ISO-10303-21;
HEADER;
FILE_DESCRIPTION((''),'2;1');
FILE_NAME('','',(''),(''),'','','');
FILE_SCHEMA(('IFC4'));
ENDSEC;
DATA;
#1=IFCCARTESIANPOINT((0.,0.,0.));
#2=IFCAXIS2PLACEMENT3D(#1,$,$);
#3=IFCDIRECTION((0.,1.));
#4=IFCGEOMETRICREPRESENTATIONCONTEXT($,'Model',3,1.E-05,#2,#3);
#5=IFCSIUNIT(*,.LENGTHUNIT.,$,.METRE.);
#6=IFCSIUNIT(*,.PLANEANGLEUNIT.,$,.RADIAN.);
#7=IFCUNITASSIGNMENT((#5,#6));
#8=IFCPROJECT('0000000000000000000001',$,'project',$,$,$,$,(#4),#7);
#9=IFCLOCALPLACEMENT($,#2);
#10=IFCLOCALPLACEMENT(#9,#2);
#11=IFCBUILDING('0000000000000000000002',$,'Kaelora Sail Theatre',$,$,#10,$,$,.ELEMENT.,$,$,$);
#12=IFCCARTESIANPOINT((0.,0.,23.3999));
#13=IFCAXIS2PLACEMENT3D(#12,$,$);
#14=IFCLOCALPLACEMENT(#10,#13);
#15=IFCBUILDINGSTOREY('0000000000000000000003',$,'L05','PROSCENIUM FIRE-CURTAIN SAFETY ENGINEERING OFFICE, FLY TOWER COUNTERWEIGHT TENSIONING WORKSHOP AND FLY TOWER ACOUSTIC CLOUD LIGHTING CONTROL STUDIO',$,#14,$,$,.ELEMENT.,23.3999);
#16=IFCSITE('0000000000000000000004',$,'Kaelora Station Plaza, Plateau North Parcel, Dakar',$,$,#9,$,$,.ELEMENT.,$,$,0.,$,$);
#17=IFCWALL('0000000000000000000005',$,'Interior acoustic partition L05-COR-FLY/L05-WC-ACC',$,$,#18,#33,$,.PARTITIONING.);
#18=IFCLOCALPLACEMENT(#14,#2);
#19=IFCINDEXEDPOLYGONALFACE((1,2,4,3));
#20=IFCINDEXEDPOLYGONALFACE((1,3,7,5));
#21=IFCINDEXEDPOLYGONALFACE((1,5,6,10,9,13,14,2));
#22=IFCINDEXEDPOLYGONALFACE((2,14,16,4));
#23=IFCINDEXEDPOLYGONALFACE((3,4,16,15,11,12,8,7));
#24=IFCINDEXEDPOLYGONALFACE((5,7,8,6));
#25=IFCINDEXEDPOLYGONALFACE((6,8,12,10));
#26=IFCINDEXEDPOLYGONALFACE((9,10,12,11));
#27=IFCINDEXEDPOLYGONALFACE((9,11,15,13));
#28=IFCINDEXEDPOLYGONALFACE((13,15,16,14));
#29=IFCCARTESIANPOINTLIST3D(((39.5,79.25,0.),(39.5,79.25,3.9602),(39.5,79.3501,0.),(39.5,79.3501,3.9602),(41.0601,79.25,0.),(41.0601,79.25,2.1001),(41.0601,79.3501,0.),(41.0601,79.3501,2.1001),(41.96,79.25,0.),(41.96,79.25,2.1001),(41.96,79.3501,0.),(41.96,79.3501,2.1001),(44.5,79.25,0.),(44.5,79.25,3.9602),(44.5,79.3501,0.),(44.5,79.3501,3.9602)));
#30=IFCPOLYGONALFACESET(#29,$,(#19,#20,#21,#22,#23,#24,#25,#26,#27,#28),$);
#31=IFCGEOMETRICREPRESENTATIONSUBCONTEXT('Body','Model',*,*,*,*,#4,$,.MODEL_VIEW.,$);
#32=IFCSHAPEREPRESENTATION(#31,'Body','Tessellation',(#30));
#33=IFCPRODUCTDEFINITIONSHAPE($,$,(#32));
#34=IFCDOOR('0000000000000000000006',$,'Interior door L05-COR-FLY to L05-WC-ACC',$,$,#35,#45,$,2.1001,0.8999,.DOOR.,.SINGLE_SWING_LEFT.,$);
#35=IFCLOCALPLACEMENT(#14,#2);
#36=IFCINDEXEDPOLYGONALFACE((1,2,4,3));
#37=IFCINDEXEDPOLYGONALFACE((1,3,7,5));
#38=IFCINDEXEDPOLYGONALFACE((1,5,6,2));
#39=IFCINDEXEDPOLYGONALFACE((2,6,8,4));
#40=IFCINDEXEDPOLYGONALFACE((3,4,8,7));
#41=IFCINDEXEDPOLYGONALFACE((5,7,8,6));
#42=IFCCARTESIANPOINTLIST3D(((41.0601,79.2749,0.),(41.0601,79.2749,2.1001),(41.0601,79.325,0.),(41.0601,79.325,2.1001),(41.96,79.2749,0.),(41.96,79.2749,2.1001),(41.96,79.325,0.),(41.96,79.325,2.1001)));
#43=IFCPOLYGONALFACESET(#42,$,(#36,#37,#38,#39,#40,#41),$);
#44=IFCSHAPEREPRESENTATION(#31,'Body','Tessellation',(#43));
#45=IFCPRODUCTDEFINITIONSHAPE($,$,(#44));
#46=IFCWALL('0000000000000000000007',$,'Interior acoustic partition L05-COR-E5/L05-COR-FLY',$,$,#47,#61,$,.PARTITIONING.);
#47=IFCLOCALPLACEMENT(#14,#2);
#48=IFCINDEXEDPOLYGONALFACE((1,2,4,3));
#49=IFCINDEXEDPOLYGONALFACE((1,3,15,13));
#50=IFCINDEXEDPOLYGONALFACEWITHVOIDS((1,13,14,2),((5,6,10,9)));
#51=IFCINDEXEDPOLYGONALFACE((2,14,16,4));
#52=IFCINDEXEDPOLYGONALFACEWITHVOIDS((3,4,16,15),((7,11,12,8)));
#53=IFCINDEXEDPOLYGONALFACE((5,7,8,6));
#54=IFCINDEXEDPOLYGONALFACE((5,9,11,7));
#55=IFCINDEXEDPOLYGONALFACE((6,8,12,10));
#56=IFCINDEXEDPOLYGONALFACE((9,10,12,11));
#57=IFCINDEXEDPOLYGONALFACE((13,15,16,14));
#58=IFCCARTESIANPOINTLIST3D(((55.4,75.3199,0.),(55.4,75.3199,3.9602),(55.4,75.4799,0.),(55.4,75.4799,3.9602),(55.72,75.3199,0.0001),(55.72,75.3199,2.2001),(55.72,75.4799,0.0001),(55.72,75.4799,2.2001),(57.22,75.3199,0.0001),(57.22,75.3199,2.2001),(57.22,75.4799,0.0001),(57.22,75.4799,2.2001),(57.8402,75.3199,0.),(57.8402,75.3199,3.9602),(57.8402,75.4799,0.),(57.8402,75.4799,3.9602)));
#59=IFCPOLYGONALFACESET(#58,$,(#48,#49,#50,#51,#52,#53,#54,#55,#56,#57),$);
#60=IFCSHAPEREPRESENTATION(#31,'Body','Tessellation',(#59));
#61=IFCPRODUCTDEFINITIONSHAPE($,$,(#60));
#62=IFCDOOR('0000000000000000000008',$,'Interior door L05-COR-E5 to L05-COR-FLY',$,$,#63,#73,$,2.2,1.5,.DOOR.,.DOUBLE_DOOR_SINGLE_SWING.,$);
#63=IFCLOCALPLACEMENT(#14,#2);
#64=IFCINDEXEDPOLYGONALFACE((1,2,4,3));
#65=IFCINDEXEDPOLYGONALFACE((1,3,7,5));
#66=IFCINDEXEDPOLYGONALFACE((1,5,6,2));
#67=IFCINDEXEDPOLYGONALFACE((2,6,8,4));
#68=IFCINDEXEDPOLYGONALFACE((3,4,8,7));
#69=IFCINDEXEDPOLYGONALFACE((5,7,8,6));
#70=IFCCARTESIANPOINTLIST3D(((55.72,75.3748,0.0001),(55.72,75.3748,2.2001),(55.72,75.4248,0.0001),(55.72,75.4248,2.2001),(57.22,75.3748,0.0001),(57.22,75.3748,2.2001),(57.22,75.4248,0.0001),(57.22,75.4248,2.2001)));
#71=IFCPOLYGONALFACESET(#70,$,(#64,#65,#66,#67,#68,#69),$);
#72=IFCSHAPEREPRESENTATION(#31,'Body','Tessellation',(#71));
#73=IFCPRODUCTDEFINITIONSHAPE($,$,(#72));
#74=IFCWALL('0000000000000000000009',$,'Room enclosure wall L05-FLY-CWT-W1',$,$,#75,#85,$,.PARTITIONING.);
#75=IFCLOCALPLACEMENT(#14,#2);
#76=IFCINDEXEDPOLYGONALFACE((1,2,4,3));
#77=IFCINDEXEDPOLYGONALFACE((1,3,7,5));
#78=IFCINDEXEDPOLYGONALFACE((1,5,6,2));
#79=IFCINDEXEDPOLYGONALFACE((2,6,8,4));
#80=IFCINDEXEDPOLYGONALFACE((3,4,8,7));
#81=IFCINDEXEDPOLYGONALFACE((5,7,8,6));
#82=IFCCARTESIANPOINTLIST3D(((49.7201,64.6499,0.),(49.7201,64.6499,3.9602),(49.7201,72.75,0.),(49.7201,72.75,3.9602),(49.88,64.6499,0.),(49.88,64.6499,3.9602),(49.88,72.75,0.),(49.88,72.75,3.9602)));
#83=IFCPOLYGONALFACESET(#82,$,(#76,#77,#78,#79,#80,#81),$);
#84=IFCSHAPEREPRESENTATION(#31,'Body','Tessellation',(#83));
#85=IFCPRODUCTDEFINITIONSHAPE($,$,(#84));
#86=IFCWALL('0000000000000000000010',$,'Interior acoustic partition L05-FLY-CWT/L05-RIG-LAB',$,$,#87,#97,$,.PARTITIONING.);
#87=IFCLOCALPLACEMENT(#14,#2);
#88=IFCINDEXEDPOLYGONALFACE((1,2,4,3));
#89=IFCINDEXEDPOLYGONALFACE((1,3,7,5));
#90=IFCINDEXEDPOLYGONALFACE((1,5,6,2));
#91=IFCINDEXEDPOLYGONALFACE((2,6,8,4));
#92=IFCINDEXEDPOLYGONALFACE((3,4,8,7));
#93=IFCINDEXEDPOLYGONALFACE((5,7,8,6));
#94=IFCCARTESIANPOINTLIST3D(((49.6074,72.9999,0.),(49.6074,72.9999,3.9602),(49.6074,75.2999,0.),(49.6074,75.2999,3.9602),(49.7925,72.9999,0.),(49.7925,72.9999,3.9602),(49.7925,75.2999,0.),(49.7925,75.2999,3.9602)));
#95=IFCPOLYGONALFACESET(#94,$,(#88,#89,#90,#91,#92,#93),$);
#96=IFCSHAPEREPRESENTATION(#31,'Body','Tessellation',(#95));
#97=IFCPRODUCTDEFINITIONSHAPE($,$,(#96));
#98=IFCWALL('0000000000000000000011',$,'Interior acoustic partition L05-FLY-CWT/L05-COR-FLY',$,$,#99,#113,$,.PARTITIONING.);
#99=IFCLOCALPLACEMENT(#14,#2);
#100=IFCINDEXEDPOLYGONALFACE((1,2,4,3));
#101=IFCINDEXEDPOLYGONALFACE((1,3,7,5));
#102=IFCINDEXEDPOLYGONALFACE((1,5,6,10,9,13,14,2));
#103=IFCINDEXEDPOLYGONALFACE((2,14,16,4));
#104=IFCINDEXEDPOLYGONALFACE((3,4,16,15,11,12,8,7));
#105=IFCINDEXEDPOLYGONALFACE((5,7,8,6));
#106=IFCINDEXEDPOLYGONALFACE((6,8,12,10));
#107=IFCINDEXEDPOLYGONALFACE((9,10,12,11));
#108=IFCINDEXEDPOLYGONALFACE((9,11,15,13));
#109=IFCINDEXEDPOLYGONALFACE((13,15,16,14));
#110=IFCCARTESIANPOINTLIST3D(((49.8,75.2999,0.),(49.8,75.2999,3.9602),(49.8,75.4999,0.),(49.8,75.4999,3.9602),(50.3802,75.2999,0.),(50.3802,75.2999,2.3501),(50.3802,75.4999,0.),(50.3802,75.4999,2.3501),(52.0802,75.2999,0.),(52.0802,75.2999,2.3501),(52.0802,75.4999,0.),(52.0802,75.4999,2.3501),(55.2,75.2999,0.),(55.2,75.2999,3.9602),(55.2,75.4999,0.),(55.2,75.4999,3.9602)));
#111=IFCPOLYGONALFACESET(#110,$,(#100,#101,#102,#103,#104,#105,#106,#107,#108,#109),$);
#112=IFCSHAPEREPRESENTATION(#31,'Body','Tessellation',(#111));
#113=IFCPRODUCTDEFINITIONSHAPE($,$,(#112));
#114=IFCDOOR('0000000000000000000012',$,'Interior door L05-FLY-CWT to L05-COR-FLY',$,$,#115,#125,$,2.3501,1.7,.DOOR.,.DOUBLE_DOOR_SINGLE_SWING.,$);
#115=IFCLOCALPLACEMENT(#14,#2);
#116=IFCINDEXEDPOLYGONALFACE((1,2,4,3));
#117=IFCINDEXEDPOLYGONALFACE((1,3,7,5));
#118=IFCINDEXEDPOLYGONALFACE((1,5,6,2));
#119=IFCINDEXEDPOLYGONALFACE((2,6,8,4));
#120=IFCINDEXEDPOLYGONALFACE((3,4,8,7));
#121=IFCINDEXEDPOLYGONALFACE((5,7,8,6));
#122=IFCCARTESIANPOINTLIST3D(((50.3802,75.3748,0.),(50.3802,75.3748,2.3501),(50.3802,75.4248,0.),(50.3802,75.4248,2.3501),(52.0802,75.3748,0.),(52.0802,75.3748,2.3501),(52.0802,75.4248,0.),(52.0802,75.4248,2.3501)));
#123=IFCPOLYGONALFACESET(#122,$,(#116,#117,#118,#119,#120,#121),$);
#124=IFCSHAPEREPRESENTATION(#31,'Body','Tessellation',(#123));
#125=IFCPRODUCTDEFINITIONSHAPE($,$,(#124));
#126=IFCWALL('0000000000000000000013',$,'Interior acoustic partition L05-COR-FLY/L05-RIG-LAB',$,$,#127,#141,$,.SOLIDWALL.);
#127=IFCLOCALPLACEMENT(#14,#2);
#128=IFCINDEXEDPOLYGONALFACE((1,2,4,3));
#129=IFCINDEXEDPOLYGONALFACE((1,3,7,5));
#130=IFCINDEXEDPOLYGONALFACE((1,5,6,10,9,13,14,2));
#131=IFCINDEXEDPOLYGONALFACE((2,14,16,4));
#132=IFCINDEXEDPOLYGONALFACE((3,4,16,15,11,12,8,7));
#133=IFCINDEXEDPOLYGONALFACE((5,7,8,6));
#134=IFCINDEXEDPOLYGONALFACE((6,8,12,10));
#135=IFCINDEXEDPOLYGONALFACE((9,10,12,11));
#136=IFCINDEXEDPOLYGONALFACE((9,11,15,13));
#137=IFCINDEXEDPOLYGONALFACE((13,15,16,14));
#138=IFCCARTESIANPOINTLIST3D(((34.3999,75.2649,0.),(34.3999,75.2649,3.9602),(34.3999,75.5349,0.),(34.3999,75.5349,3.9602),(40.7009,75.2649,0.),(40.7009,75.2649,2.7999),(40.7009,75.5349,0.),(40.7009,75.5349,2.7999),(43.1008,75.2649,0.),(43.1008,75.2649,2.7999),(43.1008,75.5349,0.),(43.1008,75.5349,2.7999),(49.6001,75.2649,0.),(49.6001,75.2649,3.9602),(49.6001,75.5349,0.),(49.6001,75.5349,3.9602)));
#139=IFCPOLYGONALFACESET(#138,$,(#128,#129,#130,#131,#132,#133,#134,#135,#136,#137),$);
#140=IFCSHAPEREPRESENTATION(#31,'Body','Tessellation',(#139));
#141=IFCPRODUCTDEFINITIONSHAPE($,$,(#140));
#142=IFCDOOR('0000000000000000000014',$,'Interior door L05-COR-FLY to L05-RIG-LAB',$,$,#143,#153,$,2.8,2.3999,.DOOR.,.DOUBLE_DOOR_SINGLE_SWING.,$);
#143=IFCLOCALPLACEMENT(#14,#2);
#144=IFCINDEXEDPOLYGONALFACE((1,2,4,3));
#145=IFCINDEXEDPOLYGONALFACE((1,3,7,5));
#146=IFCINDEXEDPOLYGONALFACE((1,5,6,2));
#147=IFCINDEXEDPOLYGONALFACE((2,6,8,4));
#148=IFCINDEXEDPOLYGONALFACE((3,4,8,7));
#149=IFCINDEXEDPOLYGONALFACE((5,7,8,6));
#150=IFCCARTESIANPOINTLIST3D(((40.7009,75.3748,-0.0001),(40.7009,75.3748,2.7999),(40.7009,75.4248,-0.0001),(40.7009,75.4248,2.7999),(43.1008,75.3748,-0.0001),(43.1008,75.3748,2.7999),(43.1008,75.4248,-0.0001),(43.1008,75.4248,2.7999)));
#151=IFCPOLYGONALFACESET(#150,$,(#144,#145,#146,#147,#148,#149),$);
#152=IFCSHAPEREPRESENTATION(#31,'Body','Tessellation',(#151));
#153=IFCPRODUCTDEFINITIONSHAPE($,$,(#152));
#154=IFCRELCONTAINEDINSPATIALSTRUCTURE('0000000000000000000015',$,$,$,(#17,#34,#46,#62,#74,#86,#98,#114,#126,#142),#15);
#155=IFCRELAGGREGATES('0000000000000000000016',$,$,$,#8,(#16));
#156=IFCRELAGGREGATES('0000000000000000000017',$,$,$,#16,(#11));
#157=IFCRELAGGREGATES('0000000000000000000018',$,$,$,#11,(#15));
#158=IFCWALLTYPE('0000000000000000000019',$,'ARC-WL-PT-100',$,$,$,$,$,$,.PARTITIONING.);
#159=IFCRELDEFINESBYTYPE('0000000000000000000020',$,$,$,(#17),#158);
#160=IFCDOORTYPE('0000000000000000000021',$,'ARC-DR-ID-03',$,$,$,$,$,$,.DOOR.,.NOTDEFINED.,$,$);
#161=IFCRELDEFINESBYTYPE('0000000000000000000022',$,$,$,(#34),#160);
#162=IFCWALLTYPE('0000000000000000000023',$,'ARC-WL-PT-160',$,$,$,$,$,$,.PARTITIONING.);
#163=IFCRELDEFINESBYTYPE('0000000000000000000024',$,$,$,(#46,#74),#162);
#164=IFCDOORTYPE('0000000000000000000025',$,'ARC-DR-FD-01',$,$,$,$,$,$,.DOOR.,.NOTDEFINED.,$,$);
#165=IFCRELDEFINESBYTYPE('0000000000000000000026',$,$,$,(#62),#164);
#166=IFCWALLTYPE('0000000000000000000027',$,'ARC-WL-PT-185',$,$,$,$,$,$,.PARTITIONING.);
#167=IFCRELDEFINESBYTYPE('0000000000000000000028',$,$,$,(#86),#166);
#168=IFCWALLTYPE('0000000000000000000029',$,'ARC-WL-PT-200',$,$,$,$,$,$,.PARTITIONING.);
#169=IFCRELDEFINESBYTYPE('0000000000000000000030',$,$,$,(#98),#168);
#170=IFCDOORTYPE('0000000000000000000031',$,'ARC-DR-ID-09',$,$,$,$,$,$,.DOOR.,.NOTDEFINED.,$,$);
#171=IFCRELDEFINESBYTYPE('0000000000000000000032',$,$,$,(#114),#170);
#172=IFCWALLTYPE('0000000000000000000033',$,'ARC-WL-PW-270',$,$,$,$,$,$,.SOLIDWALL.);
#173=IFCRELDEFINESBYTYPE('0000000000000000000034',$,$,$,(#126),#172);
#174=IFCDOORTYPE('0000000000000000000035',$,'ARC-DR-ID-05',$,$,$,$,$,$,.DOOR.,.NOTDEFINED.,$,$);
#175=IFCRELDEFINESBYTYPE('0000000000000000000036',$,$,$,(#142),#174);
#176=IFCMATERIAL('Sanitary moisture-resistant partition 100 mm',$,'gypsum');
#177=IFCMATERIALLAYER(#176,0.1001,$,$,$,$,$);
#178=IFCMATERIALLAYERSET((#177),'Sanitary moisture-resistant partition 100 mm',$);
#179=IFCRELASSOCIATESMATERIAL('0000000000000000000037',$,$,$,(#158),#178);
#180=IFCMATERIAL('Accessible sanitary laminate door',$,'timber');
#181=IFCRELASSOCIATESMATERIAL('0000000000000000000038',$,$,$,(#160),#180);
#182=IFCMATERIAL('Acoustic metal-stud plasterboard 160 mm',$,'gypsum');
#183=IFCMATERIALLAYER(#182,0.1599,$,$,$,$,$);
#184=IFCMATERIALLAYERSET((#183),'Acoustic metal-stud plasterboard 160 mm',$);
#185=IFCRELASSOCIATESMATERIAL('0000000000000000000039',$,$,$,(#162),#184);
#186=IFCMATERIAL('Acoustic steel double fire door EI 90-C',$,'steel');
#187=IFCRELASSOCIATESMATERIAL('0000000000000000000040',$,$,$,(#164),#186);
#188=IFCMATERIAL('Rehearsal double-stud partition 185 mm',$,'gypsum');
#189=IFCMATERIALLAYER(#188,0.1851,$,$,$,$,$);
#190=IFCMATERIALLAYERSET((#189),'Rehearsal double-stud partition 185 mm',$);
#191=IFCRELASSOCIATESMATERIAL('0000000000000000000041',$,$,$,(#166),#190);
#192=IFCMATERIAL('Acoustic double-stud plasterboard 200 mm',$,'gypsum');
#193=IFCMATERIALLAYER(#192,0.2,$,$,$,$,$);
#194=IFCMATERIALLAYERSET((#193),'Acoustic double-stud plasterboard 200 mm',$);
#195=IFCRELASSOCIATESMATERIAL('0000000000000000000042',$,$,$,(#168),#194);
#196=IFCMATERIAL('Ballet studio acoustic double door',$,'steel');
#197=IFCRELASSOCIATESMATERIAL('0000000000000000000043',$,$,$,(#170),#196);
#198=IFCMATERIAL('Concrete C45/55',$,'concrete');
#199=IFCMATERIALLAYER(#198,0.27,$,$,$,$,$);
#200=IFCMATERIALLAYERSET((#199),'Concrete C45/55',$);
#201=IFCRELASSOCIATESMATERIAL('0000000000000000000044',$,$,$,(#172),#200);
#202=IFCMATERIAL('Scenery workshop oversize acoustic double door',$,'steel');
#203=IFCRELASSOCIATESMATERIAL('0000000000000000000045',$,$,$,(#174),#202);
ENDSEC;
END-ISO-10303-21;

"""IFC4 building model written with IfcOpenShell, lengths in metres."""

from ifc_helpers import new_model, si_unit, direction, frame, frame_2d, origin, place, context, subcontext, project, spatial, rectangle, extrude, material, layer, layer_set, type_object, element, fill, save


model = new_model("IFC4")

# Units and contexts
model_context = context("Model", 3, precision=1e-05, world=origin(), true_north=direction((0.0, 1.0)))
body_context = subcontext(model_context, "Body", "Model", "MODEL_VIEW")
ifc_project = project(units=[si_unit("LENGTHUNIT", "METRE"), si_unit("PLANEANGLEUNIT", "RADIAN")], contexts=[model_context])

# Site, building, storey
site_placement = place(None, origin())
site = spatial("IfcSite", under=ifc_project, at=site_placement, Name="Kaelora Station Plaza, Plateau North Parcel, Dakar", CompositionType="ELEMENT", RefElevation=0.0)
building_placement = place(site_placement, origin())
building = spatial("IfcBuilding", under=site, at=building_placement, Name="Kaelora Sail Theatre", CompositionType="ELEMENT")
storey_placement = place(building_placement, frame((0.0, 0.0, 23.3999)))
storey = spatial("IfcBuildingStorey", under=building, at=storey_placement, Name="L05", Description="PROSCENIUM FIRE-CURTAIN SAFETY ENGINEERING OFFICE, FLY TOWER COUNTERWEIGHT TENSIONING WORKSHOP AND FLY TOWER ACOUSTIC CLOUD LIGHTING CONTROL STUDIO", CompositionType="ELEMENT", Elevation=23.3999)

# Walls, openings, doors
ifc_material_1 = material(Name="Sanitary moisture-resistant partition 100 mm", Category="gypsum")
ifc_layer_1 = layer(ifc_material_1, 0.1001)
ifc_layer_set_1 = layer_set([ifc_layer_1], Name="Sanitary moisture-resistant partition 100 mm")
wall_type_1 = type_object("IfcWallType", Name="ARC-WL-PT-100", PredefinedType="PARTITIONING", material=ifc_layer_set_1)
wall_1_placement = place(storey_placement, frame((39.5, 79.3, 0.0), z_axis=(0.0, 0.0, 1.0), x_axis=(1.0, 0.0, 0.0)))
wall_1 = element("IfcWall", 1, at=wall_1_placement, inside=storey, type_object=wall_type_1, Name="Interior acoustic partition L05-COR-FLY/L05-WC-ACC", PredefinedType="PARTITIONING", context=body_context, shape_type="SweptSolid", body=[
    extrude(rectangle(XDim=5.0, YDim=0.1001, at=frame_2d((2.5, 0.0))), origin(), (0.0, 0.0, 1.0), 3.9602),
])
opening_1_placement = place(wall_1_placement, frame((1.5601, 0.0, 0.0)))
opening_1 = element("IfcOpeningElement", 2, at=opening_1_placement, cuts=wall_1, PredefinedType="OPENING", context=body_context, shape_type="SweptSolid", body=[
    extrude(rectangle(XDim=0.8999, YDim=2.1001, at=frame_2d((0.45, 1.05))), frame((0.0, 0.06, 0.0), z_axis=(0.0, -1.0, 0.0), x_axis=(1.0, 0.0, 0.0)), (0.0, 0.0, 1.0), 0.1201),
])
ifc_material_2 = material(Name="Accessible sanitary laminate door", Category="timber")
door_type_1 = type_object("IfcDoorType", Name="ARC-DR-ID-03", OperationType="NOTDEFINED", PredefinedType="DOOR", material=ifc_material_2)
door_1_placement = place(opening_1_placement, origin())
door_1 = element("IfcDoor", 3, at=door_1_placement, inside=storey, type_object=door_type_1, Name="Interior door L05-COR-FLY to L05-WC-ACC", OperationType="SINGLE_SWING_LEFT", OverallHeight=2.1001, OverallWidth=0.8999, PredefinedType="DOOR", context=body_context, shape_type="SweptSolid", body=[
    extrude(rectangle(XDim=0.8999, YDim=2.1001, at=frame_2d((0.45, 1.05))), frame((0.0, 0.0249, 0.0), z_axis=(0.0, -1.0, 0.0), x_axis=(1.0, 0.0, 0.0)), (0.0, 0.0, 1.0), 0.05),
])
fill(opening_1, door_1)
ifc_material_3 = material(Name="Acoustic metal-stud plasterboard 160 mm", Category="gypsum")
ifc_layer_2 = layer(ifc_material_3, 0.1599)
ifc_layer_set_2 = layer_set([ifc_layer_2], Name="Acoustic metal-stud plasterboard 160 mm")
wall_type_2 = type_object("IfcWallType", Name="ARC-WL-PT-160", PredefinedType="PARTITIONING", material=ifc_layer_set_2)
wall_2_placement = place(storey_placement, frame((55.3999, 75.3999, 0.0), z_axis=(0.0, 0.0, 1.0), x_axis=(1.0, 0.0, 0.0)))
wall_2 = element("IfcWall", 4, at=wall_2_placement, inside=storey, type_object=wall_type_2, Name="Interior acoustic partition L05-COR-E5/L05-COR-FLY", PredefinedType="PARTITIONING", context=body_context, shape_type="SweptSolid", body=[
    extrude(rectangle(XDim=2.4402, YDim=0.1599, at=frame_2d((1.2202, 0.0))), origin(), (0.0, 0.0, 1.0), 3.9602),
])
opening_2_placement = place(wall_2_placement, frame((0.3201, 0.0, 0.0)))
opening_2 = element("IfcOpeningElement", 5, at=opening_2_placement, cuts=wall_2, PredefinedType="OPENING", context=body_context, shape_type="SweptSolid", body=[
    extrude(rectangle(XDim=1.5, YDim=2.2, at=frame_2d((0.75, 1.1001))), frame((0.0, 0.0901, 0.0), z_axis=(0.0, -1.0, 0.0), x_axis=(1.0, 0.0, 0.0)), (0.0, 0.0, 1.0), 0.1799),
])
ifc_material_4 = material(Name="Acoustic steel double fire door EI 90-C", Category="steel")
door_type_2 = type_object("IfcDoorType", Name="ARC-DR-FD-01", OperationType="NOTDEFINED", PredefinedType="DOOR", material=ifc_material_4)
door_2_placement = place(opening_2_placement, origin())
door_2 = element("IfcDoor", 6, at=door_2_placement, inside=storey, type_object=door_type_2, Name="Interior door L05-COR-E5 to L05-COR-FLY", OperationType="DOUBLE_DOOR_SINGLE_SWING", OverallHeight=2.2, OverallWidth=1.5, PredefinedType="DOOR", context=body_context, shape_type="SweptSolid", body=[
    extrude(rectangle(XDim=1.5, YDim=2.2, at=frame_2d((0.75, 1.1001))), frame((0.0, 0.0249, 0.0), z_axis=(0.0, -1.0, 0.0), x_axis=(1.0, 0.0, 0.0)), (0.0, 0.0, 1.0), 0.05),
])
fill(opening_2, door_2)

# Walls
wall_3_placement = place(storey_placement, frame((49.8, 64.6499, 0.0), z_axis=(0.0, 0.0, 1.0), x_axis=(0.0, 1.0, 0.0)))
element("IfcWall", 7, at=wall_3_placement, inside=storey, type_object=wall_type_2, Name="Room enclosure wall L05-FLY-CWT-W1", PredefinedType="PARTITIONING", context=body_context, shape_type="SweptSolid", body=[
    extrude(rectangle(XDim=8.1001, YDim=0.1599, at=frame_2d((4.05, 0.0))), origin(), (0.0, 0.0, 1.0), 3.9602),
])
ifc_material_5 = material(Name="Rehearsal double-stud partition 185 mm", Category="gypsum")
ifc_layer_3 = layer(ifc_material_5, 0.1851)
ifc_layer_set_3 = layer_set([ifc_layer_3], Name="Rehearsal double-stud partition 185 mm")
wall_type_3 = type_object("IfcWallType", Name="ARC-WL-PT-185", PredefinedType="PARTITIONING", material=ifc_layer_set_3)
wall_4_placement = place(storey_placement, frame((49.7, 73.0, 0.0), z_axis=(0.0, 0.0, 1.0), x_axis=(0.0, 1.0, 0.0)))
element("IfcWall", 8, at=wall_4_placement, inside=storey, type_object=wall_type_3, Name="Interior acoustic partition L05-FLY-CWT/L05-RIG-LAB", PredefinedType="PARTITIONING", context=body_context, shape_type="SweptSolid", body=[
    extrude(rectangle(XDim=2.3, YDim=0.1851, at=frame_2d((1.1499, 0.0))), origin(), (0.0, 0.0, 1.0), 3.9602),
])

# Walls, openings, doors
ifc_material_6 = material(Name="Acoustic double-stud plasterboard 200 mm", Category="gypsum")
ifc_layer_4 = layer(ifc_material_6, 0.2)
ifc_layer_set_4 = layer_set([ifc_layer_4], Name="Acoustic double-stud plasterboard 200 mm")
wall_type_4 = type_object("IfcWallType", Name="ARC-WL-PT-200", PredefinedType="PARTITIONING", material=ifc_layer_set_4)
wall_5_placement = place(storey_placement, frame((49.8, 75.3999, 0.0), z_axis=(0.0, 0.0, 1.0), x_axis=(1.0, 0.0, 0.0)))
wall_5 = element("IfcWall", 9, at=wall_5_placement, inside=storey, type_object=wall_type_4, Name="Interior acoustic partition L05-FLY-CWT/L05-COR-FLY", PredefinedType="PARTITIONING", context=body_context, shape_type="SweptSolid", body=[
    extrude(rectangle(XDim=5.3999, YDim=0.2, at=frame_2d((2.7, 0.0))), origin(), (0.0, 0.0, 1.0), 3.9602),
])
opening_3_placement = place(wall_5_placement, frame((0.5801, 0.0, 0.0)))
opening_3 = element("IfcOpeningElement", 10, at=opening_3_placement, cuts=wall_5, PredefinedType="OPENING", context=body_context, shape_type="SweptSolid", body=[
    extrude(rectangle(XDim=1.7, YDim=2.3501, at=frame_2d((0.8501, 1.175))), frame((0.0, 0.1101, 0.0), z_axis=(0.0, -1.0, 0.0), x_axis=(1.0, 0.0, 0.0)), (0.0, 0.0, 1.0), 0.22),
])
ifc_material_7 = material(Name="Ballet studio acoustic double door", Category="steel")
door_type_3 = type_object("IfcDoorType", Name="ARC-DR-ID-09", OperationType="NOTDEFINED", PredefinedType="DOOR", material=ifc_material_7)
door_3_placement = place(opening_3_placement, origin())
door_3 = element("IfcDoor", 11, at=door_3_placement, inside=storey, type_object=door_type_3, Name="Interior door L05-FLY-CWT to L05-COR-FLY", OperationType="DOUBLE_DOOR_SINGLE_SWING", OverallHeight=2.3501, OverallWidth=1.7, PredefinedType="DOOR", context=body_context, shape_type="SweptSolid", body=[
    extrude(rectangle(XDim=1.7, YDim=2.3501, at=frame_2d((0.8501, 1.175))), frame((0.0, 0.0249, 0.0), z_axis=(0.0, -1.0, 0.0), x_axis=(1.0, 0.0, 0.0)), (0.0, 0.0, 1.0), 0.05),
])
fill(opening_3, door_3)
ifc_material_8 = material(Name="Concrete C45/55", Category="concrete")
ifc_layer_5 = layer(ifc_material_8, 0.27)
ifc_layer_set_5 = layer_set([ifc_layer_5], Name="Concrete C45/55")
wall_type_5 = type_object("IfcWallType", Name="ARC-WL-PW-270", PredefinedType="SOLIDWALL", material=ifc_layer_set_5)
wall_6_placement = place(storey_placement, frame((34.3999, 75.3999, 0.0), z_axis=(0.0, 0.0, 1.0), x_axis=(1.0, 0.0, 0.0)))
wall_6 = element("IfcWall", 12, at=wall_6_placement, inside=storey, type_object=wall_type_5, Name="Interior acoustic partition L05-COR-FLY/L05-RIG-LAB", PredefinedType="SOLIDWALL", context=body_context, shape_type="SweptSolid", body=[
    extrude(rectangle(XDim=15.2002, YDim=0.27, at=frame_2d((7.6001, 0.0))), origin(), (0.0, 0.0, 1.0), 3.9602),
])
opening_4_placement = place(wall_6_placement, frame((6.301, 0.0, 0.0)))
opening_4 = element("IfcOpeningElement", 13, at=opening_4_placement, cuts=wall_6, PredefinedType="OPENING", context=body_context, shape_type="SweptSolid", body=[
    extrude(rectangle(XDim=2.3999, YDim=2.8, at=frame_2d((1.2, 1.3999))), frame((0.0, 0.145, 0.0), z_axis=(0.0, -1.0, 0.0), x_axis=(1.0, 0.0, 0.0)), (0.0, 0.0, 1.0), 0.29),
])
ifc_material_9 = material(Name="Scenery workshop oversize acoustic double door", Category="steel")
door_type_4 = type_object("IfcDoorType", Name="ARC-DR-ID-05", OperationType="NOTDEFINED", PredefinedType="DOOR", material=ifc_material_9)
door_4_placement = place(opening_4_placement, origin())
door_4 = element("IfcDoor", 14, at=door_4_placement, inside=storey, type_object=door_type_4, Name="Interior door L05-COR-FLY to L05-RIG-LAB", OperationType="DOUBLE_DOOR_SINGLE_SWING", OverallHeight=2.8, OverallWidth=2.3999, PredefinedType="DOOR", context=body_context, shape_type="SweptSolid", body=[
    extrude(rectangle(XDim=2.3999, YDim=2.8, at=frame_2d((1.2, 1.3999))), frame((0.0, 0.0249, 0.0), z_axis=(0.0, -1.0, 0.0), x_axis=(1.0, 0.0, 0.0)), (0.0, 0.0, 1.0), 0.05),
])
fill(opening_4, door_4)

save(model, "model.ifc")
